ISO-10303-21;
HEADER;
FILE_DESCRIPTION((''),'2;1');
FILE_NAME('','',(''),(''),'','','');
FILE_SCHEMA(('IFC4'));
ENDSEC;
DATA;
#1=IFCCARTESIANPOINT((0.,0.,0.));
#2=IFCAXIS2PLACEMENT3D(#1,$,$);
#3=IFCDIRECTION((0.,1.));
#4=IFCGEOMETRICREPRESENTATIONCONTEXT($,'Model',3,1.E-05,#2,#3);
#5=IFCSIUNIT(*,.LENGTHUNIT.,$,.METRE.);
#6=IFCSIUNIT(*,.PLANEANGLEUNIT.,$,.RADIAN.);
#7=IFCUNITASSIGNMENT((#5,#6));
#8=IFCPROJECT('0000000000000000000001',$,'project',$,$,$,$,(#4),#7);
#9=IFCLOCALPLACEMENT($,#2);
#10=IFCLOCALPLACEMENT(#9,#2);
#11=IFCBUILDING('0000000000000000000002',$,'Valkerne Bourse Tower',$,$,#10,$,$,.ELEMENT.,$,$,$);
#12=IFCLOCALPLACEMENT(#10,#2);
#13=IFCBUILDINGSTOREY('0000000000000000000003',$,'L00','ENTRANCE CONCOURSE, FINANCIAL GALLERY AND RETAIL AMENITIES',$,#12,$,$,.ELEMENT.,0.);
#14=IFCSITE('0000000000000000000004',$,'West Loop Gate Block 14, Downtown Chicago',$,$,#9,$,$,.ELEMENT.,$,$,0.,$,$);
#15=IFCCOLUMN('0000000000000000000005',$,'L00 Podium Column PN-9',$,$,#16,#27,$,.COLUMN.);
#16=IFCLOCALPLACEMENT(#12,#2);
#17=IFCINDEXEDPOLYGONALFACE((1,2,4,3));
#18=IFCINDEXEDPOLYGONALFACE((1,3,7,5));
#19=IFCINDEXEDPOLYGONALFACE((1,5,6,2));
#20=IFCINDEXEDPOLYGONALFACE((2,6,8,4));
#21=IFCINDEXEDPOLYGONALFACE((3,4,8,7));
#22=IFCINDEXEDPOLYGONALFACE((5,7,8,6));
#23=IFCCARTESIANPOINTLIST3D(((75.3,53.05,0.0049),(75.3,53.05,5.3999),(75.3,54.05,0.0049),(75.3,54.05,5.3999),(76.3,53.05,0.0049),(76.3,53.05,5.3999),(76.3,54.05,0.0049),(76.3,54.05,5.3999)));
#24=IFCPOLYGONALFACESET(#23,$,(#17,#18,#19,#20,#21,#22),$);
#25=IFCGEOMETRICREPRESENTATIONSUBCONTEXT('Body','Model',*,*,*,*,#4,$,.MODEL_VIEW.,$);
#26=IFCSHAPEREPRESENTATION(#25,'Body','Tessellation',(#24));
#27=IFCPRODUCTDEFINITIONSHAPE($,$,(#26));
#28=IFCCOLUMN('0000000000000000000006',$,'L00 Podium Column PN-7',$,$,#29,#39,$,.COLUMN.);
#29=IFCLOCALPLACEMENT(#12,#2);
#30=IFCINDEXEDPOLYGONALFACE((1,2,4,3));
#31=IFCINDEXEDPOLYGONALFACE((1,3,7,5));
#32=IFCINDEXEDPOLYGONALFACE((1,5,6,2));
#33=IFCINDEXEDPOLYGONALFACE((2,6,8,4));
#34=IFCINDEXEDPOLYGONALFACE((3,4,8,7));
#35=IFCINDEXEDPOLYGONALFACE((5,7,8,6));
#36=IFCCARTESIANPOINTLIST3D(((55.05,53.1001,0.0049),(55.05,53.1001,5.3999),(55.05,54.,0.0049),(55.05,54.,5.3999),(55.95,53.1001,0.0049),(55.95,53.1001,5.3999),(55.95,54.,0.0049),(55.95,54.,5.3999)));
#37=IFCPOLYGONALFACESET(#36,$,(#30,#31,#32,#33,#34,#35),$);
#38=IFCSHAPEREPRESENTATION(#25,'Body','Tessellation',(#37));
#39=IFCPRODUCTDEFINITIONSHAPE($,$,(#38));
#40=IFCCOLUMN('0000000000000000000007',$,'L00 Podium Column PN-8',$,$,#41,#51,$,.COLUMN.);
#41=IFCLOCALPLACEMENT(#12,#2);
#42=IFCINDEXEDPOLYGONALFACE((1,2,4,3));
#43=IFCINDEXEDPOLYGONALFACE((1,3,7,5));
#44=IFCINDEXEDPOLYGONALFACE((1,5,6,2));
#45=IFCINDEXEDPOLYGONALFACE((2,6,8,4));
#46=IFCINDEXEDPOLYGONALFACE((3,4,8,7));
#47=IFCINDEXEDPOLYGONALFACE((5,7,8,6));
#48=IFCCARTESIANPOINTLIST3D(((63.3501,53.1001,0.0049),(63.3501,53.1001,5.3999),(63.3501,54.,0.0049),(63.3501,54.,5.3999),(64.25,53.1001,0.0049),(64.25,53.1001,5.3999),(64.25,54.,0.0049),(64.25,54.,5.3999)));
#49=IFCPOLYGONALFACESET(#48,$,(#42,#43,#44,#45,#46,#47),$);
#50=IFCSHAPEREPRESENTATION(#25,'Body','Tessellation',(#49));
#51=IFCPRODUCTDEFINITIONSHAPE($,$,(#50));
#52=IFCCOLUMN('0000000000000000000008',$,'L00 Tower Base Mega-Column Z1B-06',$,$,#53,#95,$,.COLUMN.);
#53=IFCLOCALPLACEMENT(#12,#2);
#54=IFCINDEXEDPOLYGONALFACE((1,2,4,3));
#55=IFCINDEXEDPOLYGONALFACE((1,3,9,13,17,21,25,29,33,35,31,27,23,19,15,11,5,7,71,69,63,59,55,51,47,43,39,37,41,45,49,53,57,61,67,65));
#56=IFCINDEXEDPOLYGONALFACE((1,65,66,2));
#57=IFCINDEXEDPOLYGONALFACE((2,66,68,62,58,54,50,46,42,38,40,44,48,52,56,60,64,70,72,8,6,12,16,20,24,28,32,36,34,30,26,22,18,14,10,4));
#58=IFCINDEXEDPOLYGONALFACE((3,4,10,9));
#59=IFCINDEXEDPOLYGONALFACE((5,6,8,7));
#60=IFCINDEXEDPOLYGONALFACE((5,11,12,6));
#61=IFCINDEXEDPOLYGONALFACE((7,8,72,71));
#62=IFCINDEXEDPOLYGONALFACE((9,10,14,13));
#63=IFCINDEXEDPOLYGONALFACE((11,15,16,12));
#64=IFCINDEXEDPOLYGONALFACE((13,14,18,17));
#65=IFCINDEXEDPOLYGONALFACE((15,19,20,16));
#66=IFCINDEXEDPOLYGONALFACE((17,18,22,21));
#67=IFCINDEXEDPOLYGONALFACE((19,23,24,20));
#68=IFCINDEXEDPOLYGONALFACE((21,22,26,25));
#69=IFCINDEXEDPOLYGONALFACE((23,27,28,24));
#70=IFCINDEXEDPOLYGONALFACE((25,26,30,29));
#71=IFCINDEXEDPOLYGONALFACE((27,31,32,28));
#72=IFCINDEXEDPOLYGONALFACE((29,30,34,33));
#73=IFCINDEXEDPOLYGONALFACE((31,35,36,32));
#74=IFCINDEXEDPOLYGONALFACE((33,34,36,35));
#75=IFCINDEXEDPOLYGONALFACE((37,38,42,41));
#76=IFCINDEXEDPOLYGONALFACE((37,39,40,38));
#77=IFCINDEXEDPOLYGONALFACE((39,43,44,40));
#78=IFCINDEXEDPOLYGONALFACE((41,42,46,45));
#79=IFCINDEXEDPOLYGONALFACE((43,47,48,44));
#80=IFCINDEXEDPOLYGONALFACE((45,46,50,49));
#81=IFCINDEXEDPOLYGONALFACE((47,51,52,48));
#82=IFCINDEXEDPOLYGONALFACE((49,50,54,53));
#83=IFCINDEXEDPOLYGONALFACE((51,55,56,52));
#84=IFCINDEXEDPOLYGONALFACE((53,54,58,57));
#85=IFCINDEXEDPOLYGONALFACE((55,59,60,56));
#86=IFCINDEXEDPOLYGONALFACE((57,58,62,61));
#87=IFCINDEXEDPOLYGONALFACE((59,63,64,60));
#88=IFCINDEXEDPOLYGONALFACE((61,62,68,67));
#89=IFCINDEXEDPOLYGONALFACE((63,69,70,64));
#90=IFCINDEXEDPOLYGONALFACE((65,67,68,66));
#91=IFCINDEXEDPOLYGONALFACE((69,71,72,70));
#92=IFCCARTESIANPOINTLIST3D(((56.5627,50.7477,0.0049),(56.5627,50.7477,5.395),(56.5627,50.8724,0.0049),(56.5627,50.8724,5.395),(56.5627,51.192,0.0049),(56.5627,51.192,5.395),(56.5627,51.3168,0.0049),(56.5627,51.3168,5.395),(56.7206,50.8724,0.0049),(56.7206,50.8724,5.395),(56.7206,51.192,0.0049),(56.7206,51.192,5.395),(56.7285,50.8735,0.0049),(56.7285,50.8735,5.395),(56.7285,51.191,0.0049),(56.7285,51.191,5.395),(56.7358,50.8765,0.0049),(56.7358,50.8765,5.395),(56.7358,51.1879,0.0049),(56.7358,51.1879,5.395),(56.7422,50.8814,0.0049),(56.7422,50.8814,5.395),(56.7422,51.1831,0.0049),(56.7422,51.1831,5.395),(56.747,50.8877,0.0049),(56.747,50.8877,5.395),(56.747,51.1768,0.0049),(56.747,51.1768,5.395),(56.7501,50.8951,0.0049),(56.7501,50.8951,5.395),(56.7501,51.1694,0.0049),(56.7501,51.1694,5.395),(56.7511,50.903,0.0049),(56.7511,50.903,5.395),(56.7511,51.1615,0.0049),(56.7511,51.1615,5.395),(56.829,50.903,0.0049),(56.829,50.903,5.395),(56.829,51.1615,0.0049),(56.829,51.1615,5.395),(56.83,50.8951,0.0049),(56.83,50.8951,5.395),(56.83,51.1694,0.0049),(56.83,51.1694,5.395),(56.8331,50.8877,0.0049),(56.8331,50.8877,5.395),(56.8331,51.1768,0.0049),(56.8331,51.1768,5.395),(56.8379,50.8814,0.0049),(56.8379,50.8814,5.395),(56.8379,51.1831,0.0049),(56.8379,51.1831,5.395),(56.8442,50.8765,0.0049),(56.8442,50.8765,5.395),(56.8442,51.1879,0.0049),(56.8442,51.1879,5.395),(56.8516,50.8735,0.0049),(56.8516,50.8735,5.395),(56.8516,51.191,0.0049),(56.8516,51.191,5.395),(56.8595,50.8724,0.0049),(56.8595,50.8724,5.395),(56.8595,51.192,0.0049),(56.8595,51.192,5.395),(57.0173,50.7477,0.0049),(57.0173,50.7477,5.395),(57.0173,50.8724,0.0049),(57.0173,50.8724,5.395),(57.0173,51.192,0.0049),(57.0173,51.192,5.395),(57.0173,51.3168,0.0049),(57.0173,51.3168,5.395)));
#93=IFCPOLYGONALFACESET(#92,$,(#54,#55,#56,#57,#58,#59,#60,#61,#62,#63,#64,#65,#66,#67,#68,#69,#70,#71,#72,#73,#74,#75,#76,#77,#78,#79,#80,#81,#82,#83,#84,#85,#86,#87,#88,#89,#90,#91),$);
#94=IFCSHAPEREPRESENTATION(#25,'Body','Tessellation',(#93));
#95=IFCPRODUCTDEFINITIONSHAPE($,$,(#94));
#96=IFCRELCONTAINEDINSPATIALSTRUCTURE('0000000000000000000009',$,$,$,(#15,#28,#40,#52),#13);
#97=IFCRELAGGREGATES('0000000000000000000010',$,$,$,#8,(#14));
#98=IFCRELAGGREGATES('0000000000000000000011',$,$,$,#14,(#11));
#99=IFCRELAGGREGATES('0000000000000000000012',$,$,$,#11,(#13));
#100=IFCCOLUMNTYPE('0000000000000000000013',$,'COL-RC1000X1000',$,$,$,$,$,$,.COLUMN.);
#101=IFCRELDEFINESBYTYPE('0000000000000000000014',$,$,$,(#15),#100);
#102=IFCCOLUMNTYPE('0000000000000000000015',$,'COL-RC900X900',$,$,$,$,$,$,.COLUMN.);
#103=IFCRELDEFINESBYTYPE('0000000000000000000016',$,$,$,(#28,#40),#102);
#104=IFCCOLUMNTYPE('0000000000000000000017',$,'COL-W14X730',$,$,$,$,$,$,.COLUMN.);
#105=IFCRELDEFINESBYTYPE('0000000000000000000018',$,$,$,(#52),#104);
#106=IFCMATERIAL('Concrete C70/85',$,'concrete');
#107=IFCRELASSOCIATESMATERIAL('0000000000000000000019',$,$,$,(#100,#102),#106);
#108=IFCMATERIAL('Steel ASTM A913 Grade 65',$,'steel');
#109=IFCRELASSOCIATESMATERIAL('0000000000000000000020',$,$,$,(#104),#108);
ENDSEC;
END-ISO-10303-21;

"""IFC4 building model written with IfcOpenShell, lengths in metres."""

from ifc_helpers import new_model, si_unit, direction, frame, origin, origin_2d, place, context, subcontext, project, spatial, rectangle, i_section, extrude, material, material_profile, profile_set, type_object, element, save


model = new_model("IFC4")

# Units and contexts
model_context = context("Model", 3, precision=1e-05, world=origin(), true_north=direction((0.0, 1.0)))
body_context = subcontext(model_context, "Body", "Model", "MODEL_VIEW")
ifc_project = project(units=[si_unit("LENGTHUNIT", "METRE"), si_unit("PLANEANGLEUNIT", "RADIAN")], contexts=[model_context])

# Site, building, storey
site_placement = place(None, origin())
site = spatial("IfcSite", under=ifc_project, at=site_placement, Name="West Loop Gate Block 14, Downtown Chicago", CompositionType="ELEMENT", RefElevation=0.0)
building_placement = place(site_placement, origin())
building = spatial("IfcBuilding", under=site, at=building_placement, Name="Valkerne Bourse Tower", CompositionType="ELEMENT")
storey_placement = place(building_placement, origin())
storey = spatial("IfcBuildingStorey", under=building, at=storey_placement, Name="L00", Description="ENTRANCE CONCOURSE, FINANCIAL GALLERY AND RETAIL AMENITIES", CompositionType="ELEMENT", Elevation=0.0)

# Columns
ifc_material_1 = material(Name="Concrete C70/85", Category="concrete")
ifc_material_profile_1 = material_profile(ifc_material_1, rectangle(XDim=1.0, YDim=1.0, at=origin_2d()), Name="RC1000X1000")
ifc_profile_set_1 = profile_set([ifc_material_profile_1], Name="Concrete C70/85")
column_type_1 = type_object("IfcColumnType", Name="COL-RC1000X1000", PredefinedType="COLUMN", material=ifc_profile_set_1)
column_1_placement = place(storey_placement, frame((75.8, 53.55, 0.0049), z_axis=(0.0, 0.0, 1.0), x_axis=(1.0, 0.0, 0.0)))
element("IfcColumn", 1, at=column_1_placement, inside=storey, type_object=column_type_1, Name="L00 Podium Column PN-9", PredefinedType="COLUMN", context=body_context, shape_type="SweptSolid", body=[
    extrude(rectangle(XDim=1.0, YDim=1.0, at=origin_2d()), origin(), (0.0, 0.0, 1.0), 5.395),
])
ifc_material_profile_2 = material_profile(ifc_material_1, rectangle(XDim=0.8999, YDim=0.8999, at=origin_2d()), Name="RC900X900")
ifc_profile_set_2 = profile_set([ifc_material_profile_2], Name="Concrete C70/85")
column_type_2 = type_object("IfcColumnType", Name="COL-RC900X900", PredefinedType="COLUMN", material=ifc_profile_set_2)
for number, where, z_axis, x_axis, name in (
    (2, (55.5, 53.55, 0.0049), (0.0, 0.0, 1.0), (1.0, 0.0, 0.0), "L00 Podium Column PN-7"),
    (3, (63.8, 53.55, 0.0049), (0.0, 0.0, 1.0), (1.0, 0.0, 0.0), "L00 Podium Column PN-8"),
):
    element("IfcColumn", number, at=place(storey_placement, frame(where, z_axis=z_axis, x_axis=x_axis)), inside=storey, type_object=column_type_2, Name=name, PredefinedType="COLUMN", context=body_context, shape_type="SweptSolid", body=[
        extrude(rectangle(XDim=0.8999, YDim=0.8999, at=origin_2d()), origin(), (0.0, 0.0, 1.0), 5.395),
    ])
ifc_material_2 = material(Name="Steel ASTM A913 Grade 65", Category="steel")
ifc_material_profile_3 = material_profile(ifc_material_2, i_section(OverallWidth=0.4546, OverallDepth=0.5691, WebThickness=0.0779, FlangeThickness=0.1248, FilletRadius=0.0305, at=origin_2d()), Name="W14X730")
ifc_profile_set_3 = profile_set([ifc_material_profile_3], Name="Steel ASTM A913 Grade 65")
column_type_3 = type_object("IfcColumnType", Name="COL-W14X730", PredefinedType="COLUMN", material=ifc_profile_set_3)
column_2_placement = place(storey_placement, frame((56.79, 51.0322, 0.0049), z_axis=(0.0, 0.0, 1.0), x_axis=(-1.0, 0.0, 0.0)))
element("IfcColumn", 4, at=column_2_placement, inside=storey, type_object=column_type_3, Name="L00 Tower Base Mega-Column Z1B-06", PredefinedType="COLUMN", context=body_context, shape_type="SweptSolid", body=[
    extrude(i_section(OverallWidth=0.4546, OverallDepth=0.5691, WebThickness=0.0779, FlangeThickness=0.1248, FilletRadius=0.0305, at=origin_2d()), origin(), (0.0, 0.0, 1.0), 5.3901),
])

save(model, "model.ifc")
